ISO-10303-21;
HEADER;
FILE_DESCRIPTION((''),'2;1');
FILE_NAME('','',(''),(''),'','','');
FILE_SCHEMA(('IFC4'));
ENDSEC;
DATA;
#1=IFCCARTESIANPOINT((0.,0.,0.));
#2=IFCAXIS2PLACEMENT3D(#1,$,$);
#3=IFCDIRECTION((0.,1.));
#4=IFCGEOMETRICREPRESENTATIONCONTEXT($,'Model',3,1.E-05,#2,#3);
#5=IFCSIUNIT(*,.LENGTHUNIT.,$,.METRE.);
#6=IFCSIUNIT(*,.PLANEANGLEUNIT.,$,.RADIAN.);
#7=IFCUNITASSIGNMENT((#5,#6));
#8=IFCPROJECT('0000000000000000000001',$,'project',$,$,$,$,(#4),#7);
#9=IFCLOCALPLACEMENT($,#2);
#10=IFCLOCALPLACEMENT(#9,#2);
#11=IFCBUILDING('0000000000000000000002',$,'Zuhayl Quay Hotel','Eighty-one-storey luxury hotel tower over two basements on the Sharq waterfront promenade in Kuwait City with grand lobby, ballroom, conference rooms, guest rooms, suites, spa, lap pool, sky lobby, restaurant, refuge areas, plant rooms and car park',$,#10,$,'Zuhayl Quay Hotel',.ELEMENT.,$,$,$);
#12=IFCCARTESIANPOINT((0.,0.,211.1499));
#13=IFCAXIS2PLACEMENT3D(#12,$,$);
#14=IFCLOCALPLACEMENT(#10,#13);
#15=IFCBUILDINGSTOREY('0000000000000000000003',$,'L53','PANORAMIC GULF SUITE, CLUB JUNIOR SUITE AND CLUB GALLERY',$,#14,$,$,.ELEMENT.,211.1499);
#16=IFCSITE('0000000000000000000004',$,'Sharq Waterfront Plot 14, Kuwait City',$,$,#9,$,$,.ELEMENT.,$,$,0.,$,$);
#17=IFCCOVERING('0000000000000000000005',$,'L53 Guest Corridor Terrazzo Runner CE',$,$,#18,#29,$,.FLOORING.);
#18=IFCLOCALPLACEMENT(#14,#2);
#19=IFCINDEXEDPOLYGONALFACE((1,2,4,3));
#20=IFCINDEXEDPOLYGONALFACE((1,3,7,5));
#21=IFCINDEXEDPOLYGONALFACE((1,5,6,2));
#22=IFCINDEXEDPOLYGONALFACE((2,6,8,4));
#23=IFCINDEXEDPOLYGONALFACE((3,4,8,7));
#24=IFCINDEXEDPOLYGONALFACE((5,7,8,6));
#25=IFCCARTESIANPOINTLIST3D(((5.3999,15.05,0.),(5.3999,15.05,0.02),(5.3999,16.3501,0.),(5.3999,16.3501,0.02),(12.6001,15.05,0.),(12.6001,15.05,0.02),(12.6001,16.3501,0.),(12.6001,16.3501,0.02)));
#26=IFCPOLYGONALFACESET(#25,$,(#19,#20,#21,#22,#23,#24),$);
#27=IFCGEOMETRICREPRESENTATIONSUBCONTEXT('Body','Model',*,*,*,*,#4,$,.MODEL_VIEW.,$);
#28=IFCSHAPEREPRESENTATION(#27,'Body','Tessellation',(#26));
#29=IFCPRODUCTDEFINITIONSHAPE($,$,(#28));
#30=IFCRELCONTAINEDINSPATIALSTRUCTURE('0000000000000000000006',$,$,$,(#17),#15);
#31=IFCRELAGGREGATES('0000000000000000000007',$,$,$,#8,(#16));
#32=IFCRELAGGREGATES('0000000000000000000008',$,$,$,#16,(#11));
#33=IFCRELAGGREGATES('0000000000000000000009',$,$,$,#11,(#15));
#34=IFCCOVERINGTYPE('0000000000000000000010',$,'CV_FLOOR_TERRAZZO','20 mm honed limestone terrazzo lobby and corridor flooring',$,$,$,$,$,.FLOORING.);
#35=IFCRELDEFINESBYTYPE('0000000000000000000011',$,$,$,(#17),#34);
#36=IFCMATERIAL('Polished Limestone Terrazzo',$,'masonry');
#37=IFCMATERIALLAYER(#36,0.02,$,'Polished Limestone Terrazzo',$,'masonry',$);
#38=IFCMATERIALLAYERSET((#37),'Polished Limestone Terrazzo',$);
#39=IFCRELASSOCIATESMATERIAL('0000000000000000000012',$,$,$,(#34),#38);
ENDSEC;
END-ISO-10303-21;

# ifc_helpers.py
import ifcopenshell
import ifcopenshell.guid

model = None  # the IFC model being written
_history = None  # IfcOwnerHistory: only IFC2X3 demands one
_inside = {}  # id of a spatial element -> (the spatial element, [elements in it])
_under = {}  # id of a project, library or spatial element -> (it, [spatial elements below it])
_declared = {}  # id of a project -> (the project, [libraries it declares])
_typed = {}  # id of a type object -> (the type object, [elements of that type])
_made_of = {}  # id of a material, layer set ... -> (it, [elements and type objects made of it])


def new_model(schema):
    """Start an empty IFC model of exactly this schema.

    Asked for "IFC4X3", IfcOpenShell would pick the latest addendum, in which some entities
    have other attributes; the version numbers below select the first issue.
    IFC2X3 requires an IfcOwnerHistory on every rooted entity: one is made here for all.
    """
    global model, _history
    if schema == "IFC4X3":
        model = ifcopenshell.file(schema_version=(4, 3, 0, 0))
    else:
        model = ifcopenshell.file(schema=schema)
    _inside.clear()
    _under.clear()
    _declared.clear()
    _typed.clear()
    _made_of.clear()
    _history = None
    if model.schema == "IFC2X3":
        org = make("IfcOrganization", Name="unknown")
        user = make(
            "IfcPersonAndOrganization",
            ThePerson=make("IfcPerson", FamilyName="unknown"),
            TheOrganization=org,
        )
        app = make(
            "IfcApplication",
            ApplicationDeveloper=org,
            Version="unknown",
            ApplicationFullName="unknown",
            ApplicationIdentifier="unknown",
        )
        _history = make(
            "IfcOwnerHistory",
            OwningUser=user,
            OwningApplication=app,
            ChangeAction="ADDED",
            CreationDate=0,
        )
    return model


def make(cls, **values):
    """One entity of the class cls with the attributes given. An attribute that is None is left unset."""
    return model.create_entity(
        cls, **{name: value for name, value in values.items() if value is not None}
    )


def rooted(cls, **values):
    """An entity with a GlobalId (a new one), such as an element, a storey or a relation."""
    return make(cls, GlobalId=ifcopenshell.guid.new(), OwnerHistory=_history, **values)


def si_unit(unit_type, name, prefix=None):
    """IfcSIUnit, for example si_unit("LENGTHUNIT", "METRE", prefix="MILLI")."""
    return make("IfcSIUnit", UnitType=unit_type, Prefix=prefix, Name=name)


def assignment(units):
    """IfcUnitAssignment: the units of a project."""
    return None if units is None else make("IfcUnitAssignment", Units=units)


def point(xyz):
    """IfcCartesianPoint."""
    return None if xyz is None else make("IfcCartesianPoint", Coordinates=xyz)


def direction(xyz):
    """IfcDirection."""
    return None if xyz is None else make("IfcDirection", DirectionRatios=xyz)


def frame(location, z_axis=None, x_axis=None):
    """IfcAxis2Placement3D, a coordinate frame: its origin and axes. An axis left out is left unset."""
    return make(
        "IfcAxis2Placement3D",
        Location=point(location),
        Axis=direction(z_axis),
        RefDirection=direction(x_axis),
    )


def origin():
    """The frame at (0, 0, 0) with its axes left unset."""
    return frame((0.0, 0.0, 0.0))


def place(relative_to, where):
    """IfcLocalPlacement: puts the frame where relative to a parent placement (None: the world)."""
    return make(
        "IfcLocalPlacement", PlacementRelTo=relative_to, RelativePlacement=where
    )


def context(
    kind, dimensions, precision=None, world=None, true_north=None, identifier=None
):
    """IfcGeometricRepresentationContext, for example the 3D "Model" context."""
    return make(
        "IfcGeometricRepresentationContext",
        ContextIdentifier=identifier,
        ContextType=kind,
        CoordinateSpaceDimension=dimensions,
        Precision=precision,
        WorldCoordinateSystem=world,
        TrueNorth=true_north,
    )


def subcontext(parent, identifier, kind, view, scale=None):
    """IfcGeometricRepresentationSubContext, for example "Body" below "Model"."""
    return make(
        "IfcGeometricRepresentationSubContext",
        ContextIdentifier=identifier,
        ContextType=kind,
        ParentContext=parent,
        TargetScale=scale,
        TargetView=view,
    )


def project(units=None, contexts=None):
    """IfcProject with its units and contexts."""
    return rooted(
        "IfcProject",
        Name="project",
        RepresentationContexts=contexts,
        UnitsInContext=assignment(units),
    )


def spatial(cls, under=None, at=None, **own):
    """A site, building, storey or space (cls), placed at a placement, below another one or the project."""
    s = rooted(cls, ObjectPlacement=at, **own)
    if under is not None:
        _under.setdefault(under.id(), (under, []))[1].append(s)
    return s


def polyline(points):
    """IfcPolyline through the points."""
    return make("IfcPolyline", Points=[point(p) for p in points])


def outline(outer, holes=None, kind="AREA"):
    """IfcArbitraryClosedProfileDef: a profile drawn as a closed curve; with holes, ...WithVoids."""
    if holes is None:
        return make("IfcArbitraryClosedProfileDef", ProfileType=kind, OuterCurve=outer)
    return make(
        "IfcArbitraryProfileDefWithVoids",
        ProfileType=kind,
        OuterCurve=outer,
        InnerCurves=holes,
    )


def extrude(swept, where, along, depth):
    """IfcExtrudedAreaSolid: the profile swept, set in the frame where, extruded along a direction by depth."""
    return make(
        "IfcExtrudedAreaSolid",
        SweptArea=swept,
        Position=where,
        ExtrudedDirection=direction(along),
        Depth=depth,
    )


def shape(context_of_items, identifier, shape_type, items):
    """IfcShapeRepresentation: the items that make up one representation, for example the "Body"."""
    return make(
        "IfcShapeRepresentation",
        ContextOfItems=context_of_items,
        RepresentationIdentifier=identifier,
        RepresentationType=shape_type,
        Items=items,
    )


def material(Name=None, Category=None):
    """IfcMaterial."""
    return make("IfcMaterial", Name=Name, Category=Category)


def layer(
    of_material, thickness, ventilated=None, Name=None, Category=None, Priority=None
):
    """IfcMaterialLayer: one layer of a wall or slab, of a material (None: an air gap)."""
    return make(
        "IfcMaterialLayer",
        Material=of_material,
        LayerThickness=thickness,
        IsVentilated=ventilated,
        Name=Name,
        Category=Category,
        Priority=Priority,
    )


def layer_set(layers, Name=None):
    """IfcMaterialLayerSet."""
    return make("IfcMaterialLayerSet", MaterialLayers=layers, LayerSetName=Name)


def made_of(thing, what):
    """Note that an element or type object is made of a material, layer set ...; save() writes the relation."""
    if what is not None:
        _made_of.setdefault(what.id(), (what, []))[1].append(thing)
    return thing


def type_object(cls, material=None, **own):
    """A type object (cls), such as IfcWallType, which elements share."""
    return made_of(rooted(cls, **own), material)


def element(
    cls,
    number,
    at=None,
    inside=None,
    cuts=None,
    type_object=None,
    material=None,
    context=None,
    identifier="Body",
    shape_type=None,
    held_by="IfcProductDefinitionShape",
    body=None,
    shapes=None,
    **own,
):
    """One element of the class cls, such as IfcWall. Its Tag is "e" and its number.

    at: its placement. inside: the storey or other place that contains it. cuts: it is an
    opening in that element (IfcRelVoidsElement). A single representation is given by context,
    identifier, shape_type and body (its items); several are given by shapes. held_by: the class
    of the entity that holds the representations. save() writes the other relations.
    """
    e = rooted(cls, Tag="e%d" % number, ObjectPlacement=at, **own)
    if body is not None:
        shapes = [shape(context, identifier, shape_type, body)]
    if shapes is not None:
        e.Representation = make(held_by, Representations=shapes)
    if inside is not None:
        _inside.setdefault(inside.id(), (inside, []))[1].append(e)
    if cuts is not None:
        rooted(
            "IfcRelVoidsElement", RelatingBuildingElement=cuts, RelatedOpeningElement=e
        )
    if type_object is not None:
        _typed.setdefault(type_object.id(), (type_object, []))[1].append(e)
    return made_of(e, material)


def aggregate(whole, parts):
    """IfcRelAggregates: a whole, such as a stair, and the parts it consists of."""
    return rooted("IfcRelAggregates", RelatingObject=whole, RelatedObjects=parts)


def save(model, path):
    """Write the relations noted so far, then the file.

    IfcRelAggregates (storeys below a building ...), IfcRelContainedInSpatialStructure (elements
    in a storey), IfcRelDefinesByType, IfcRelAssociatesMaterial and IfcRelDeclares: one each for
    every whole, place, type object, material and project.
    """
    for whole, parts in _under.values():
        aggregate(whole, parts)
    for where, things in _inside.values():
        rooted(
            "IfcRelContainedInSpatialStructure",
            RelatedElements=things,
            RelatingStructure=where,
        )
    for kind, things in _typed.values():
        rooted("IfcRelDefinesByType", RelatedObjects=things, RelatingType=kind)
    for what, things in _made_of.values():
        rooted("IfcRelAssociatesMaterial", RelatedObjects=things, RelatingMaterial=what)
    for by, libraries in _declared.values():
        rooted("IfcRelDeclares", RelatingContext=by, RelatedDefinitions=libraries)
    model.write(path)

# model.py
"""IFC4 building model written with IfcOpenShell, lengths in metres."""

from ifc_helpers import new_model, si_unit, direction, frame, origin, place, context, subcontext, project, spatial, polyline, outline, extrude, material, layer, layer_set, type_object, element, save


model = new_model("IFC4")

# Units and contexts
model_context = context("Model", 3, precision=1e-05, world=origin(), true_north=direction((0.0, 1.0)))
body_context = subcontext(model_context, "Body", "Model", "MODEL_VIEW")
ifc_project = project(units=[si_unit("LENGTHUNIT", "METRE"), si_unit("PLANEANGLEUNIT", "RADIAN")], contexts=[model_context])

# Site, building, storey
site_placement = place(None, origin())
site = spatial("IfcSite", under=ifc_project, at=site_placement, Name="Sharq Waterfront Plot 14, Kuwait City", CompositionType="ELEMENT", RefElevation=0.0)
building_placement = place(site_placement, origin())
building = spatial("IfcBuilding", under=site, at=building_placement, Name="Zuhayl Quay Hotel", Description="Eighty-one-storey luxury hotel tower over two basements on the Sharq waterfront promenade in Kuwait City with grand lobby, ballroom, conference rooms, guest rooms, suites, spa, lap pool, sky lobby, restaurant, refuge areas, plant rooms and car park", LongName="Zuhayl Quay Hotel", CompositionType="ELEMENT")
storey_placement = place(building_placement, frame((0.0, 0.0, 211.1499)))
storey = spatial("IfcBuildingStorey", under=building, at=storey_placement, Name="L53", Description="PANORAMIC GULF SUITE, CLUB JUNIOR SUITE AND CLUB GALLERY", CompositionType="ELEMENT", Elevation=211.1499)

# Covering
ifc_material_1 = material(Name="Polished Limestone Terrazzo", Category="masonry")
ifc_layer_1 = layer(ifc_material_1, 0.02, Name="Polished Limestone Terrazzo", Category="masonry")
ifc_layer_set_1 = layer_set([ifc_layer_1], Name="Polished Limestone Terrazzo")
covering_type_1 = type_object("IfcCoveringType", Name="CV_FLOOR_TERRAZZO", Description="20 mm honed limestone terrazzo lobby and corridor flooring", PredefinedType="FLOORING", material=ifc_layer_set_1)
covering_1_placement = place(storey_placement, origin())
element("IfcCovering", 1, at=covering_1_placement, inside=storey, type_object=covering_type_1, Name="L53 Guest Corridor Terrazzo Runner CE", PredefinedType="FLOORING", context=body_context, shape_type="SweptSolid", body=[
    extrude(outline(polyline([(5.3999, 15.05), (12.6001, 15.05), (12.6001, 16.3501), (5.3999, 16.3501), (5.3999, 15.05)])), origin(), (0.0, 0.0, 1.0), 0.02),
])

save(model, "model.ifc")
